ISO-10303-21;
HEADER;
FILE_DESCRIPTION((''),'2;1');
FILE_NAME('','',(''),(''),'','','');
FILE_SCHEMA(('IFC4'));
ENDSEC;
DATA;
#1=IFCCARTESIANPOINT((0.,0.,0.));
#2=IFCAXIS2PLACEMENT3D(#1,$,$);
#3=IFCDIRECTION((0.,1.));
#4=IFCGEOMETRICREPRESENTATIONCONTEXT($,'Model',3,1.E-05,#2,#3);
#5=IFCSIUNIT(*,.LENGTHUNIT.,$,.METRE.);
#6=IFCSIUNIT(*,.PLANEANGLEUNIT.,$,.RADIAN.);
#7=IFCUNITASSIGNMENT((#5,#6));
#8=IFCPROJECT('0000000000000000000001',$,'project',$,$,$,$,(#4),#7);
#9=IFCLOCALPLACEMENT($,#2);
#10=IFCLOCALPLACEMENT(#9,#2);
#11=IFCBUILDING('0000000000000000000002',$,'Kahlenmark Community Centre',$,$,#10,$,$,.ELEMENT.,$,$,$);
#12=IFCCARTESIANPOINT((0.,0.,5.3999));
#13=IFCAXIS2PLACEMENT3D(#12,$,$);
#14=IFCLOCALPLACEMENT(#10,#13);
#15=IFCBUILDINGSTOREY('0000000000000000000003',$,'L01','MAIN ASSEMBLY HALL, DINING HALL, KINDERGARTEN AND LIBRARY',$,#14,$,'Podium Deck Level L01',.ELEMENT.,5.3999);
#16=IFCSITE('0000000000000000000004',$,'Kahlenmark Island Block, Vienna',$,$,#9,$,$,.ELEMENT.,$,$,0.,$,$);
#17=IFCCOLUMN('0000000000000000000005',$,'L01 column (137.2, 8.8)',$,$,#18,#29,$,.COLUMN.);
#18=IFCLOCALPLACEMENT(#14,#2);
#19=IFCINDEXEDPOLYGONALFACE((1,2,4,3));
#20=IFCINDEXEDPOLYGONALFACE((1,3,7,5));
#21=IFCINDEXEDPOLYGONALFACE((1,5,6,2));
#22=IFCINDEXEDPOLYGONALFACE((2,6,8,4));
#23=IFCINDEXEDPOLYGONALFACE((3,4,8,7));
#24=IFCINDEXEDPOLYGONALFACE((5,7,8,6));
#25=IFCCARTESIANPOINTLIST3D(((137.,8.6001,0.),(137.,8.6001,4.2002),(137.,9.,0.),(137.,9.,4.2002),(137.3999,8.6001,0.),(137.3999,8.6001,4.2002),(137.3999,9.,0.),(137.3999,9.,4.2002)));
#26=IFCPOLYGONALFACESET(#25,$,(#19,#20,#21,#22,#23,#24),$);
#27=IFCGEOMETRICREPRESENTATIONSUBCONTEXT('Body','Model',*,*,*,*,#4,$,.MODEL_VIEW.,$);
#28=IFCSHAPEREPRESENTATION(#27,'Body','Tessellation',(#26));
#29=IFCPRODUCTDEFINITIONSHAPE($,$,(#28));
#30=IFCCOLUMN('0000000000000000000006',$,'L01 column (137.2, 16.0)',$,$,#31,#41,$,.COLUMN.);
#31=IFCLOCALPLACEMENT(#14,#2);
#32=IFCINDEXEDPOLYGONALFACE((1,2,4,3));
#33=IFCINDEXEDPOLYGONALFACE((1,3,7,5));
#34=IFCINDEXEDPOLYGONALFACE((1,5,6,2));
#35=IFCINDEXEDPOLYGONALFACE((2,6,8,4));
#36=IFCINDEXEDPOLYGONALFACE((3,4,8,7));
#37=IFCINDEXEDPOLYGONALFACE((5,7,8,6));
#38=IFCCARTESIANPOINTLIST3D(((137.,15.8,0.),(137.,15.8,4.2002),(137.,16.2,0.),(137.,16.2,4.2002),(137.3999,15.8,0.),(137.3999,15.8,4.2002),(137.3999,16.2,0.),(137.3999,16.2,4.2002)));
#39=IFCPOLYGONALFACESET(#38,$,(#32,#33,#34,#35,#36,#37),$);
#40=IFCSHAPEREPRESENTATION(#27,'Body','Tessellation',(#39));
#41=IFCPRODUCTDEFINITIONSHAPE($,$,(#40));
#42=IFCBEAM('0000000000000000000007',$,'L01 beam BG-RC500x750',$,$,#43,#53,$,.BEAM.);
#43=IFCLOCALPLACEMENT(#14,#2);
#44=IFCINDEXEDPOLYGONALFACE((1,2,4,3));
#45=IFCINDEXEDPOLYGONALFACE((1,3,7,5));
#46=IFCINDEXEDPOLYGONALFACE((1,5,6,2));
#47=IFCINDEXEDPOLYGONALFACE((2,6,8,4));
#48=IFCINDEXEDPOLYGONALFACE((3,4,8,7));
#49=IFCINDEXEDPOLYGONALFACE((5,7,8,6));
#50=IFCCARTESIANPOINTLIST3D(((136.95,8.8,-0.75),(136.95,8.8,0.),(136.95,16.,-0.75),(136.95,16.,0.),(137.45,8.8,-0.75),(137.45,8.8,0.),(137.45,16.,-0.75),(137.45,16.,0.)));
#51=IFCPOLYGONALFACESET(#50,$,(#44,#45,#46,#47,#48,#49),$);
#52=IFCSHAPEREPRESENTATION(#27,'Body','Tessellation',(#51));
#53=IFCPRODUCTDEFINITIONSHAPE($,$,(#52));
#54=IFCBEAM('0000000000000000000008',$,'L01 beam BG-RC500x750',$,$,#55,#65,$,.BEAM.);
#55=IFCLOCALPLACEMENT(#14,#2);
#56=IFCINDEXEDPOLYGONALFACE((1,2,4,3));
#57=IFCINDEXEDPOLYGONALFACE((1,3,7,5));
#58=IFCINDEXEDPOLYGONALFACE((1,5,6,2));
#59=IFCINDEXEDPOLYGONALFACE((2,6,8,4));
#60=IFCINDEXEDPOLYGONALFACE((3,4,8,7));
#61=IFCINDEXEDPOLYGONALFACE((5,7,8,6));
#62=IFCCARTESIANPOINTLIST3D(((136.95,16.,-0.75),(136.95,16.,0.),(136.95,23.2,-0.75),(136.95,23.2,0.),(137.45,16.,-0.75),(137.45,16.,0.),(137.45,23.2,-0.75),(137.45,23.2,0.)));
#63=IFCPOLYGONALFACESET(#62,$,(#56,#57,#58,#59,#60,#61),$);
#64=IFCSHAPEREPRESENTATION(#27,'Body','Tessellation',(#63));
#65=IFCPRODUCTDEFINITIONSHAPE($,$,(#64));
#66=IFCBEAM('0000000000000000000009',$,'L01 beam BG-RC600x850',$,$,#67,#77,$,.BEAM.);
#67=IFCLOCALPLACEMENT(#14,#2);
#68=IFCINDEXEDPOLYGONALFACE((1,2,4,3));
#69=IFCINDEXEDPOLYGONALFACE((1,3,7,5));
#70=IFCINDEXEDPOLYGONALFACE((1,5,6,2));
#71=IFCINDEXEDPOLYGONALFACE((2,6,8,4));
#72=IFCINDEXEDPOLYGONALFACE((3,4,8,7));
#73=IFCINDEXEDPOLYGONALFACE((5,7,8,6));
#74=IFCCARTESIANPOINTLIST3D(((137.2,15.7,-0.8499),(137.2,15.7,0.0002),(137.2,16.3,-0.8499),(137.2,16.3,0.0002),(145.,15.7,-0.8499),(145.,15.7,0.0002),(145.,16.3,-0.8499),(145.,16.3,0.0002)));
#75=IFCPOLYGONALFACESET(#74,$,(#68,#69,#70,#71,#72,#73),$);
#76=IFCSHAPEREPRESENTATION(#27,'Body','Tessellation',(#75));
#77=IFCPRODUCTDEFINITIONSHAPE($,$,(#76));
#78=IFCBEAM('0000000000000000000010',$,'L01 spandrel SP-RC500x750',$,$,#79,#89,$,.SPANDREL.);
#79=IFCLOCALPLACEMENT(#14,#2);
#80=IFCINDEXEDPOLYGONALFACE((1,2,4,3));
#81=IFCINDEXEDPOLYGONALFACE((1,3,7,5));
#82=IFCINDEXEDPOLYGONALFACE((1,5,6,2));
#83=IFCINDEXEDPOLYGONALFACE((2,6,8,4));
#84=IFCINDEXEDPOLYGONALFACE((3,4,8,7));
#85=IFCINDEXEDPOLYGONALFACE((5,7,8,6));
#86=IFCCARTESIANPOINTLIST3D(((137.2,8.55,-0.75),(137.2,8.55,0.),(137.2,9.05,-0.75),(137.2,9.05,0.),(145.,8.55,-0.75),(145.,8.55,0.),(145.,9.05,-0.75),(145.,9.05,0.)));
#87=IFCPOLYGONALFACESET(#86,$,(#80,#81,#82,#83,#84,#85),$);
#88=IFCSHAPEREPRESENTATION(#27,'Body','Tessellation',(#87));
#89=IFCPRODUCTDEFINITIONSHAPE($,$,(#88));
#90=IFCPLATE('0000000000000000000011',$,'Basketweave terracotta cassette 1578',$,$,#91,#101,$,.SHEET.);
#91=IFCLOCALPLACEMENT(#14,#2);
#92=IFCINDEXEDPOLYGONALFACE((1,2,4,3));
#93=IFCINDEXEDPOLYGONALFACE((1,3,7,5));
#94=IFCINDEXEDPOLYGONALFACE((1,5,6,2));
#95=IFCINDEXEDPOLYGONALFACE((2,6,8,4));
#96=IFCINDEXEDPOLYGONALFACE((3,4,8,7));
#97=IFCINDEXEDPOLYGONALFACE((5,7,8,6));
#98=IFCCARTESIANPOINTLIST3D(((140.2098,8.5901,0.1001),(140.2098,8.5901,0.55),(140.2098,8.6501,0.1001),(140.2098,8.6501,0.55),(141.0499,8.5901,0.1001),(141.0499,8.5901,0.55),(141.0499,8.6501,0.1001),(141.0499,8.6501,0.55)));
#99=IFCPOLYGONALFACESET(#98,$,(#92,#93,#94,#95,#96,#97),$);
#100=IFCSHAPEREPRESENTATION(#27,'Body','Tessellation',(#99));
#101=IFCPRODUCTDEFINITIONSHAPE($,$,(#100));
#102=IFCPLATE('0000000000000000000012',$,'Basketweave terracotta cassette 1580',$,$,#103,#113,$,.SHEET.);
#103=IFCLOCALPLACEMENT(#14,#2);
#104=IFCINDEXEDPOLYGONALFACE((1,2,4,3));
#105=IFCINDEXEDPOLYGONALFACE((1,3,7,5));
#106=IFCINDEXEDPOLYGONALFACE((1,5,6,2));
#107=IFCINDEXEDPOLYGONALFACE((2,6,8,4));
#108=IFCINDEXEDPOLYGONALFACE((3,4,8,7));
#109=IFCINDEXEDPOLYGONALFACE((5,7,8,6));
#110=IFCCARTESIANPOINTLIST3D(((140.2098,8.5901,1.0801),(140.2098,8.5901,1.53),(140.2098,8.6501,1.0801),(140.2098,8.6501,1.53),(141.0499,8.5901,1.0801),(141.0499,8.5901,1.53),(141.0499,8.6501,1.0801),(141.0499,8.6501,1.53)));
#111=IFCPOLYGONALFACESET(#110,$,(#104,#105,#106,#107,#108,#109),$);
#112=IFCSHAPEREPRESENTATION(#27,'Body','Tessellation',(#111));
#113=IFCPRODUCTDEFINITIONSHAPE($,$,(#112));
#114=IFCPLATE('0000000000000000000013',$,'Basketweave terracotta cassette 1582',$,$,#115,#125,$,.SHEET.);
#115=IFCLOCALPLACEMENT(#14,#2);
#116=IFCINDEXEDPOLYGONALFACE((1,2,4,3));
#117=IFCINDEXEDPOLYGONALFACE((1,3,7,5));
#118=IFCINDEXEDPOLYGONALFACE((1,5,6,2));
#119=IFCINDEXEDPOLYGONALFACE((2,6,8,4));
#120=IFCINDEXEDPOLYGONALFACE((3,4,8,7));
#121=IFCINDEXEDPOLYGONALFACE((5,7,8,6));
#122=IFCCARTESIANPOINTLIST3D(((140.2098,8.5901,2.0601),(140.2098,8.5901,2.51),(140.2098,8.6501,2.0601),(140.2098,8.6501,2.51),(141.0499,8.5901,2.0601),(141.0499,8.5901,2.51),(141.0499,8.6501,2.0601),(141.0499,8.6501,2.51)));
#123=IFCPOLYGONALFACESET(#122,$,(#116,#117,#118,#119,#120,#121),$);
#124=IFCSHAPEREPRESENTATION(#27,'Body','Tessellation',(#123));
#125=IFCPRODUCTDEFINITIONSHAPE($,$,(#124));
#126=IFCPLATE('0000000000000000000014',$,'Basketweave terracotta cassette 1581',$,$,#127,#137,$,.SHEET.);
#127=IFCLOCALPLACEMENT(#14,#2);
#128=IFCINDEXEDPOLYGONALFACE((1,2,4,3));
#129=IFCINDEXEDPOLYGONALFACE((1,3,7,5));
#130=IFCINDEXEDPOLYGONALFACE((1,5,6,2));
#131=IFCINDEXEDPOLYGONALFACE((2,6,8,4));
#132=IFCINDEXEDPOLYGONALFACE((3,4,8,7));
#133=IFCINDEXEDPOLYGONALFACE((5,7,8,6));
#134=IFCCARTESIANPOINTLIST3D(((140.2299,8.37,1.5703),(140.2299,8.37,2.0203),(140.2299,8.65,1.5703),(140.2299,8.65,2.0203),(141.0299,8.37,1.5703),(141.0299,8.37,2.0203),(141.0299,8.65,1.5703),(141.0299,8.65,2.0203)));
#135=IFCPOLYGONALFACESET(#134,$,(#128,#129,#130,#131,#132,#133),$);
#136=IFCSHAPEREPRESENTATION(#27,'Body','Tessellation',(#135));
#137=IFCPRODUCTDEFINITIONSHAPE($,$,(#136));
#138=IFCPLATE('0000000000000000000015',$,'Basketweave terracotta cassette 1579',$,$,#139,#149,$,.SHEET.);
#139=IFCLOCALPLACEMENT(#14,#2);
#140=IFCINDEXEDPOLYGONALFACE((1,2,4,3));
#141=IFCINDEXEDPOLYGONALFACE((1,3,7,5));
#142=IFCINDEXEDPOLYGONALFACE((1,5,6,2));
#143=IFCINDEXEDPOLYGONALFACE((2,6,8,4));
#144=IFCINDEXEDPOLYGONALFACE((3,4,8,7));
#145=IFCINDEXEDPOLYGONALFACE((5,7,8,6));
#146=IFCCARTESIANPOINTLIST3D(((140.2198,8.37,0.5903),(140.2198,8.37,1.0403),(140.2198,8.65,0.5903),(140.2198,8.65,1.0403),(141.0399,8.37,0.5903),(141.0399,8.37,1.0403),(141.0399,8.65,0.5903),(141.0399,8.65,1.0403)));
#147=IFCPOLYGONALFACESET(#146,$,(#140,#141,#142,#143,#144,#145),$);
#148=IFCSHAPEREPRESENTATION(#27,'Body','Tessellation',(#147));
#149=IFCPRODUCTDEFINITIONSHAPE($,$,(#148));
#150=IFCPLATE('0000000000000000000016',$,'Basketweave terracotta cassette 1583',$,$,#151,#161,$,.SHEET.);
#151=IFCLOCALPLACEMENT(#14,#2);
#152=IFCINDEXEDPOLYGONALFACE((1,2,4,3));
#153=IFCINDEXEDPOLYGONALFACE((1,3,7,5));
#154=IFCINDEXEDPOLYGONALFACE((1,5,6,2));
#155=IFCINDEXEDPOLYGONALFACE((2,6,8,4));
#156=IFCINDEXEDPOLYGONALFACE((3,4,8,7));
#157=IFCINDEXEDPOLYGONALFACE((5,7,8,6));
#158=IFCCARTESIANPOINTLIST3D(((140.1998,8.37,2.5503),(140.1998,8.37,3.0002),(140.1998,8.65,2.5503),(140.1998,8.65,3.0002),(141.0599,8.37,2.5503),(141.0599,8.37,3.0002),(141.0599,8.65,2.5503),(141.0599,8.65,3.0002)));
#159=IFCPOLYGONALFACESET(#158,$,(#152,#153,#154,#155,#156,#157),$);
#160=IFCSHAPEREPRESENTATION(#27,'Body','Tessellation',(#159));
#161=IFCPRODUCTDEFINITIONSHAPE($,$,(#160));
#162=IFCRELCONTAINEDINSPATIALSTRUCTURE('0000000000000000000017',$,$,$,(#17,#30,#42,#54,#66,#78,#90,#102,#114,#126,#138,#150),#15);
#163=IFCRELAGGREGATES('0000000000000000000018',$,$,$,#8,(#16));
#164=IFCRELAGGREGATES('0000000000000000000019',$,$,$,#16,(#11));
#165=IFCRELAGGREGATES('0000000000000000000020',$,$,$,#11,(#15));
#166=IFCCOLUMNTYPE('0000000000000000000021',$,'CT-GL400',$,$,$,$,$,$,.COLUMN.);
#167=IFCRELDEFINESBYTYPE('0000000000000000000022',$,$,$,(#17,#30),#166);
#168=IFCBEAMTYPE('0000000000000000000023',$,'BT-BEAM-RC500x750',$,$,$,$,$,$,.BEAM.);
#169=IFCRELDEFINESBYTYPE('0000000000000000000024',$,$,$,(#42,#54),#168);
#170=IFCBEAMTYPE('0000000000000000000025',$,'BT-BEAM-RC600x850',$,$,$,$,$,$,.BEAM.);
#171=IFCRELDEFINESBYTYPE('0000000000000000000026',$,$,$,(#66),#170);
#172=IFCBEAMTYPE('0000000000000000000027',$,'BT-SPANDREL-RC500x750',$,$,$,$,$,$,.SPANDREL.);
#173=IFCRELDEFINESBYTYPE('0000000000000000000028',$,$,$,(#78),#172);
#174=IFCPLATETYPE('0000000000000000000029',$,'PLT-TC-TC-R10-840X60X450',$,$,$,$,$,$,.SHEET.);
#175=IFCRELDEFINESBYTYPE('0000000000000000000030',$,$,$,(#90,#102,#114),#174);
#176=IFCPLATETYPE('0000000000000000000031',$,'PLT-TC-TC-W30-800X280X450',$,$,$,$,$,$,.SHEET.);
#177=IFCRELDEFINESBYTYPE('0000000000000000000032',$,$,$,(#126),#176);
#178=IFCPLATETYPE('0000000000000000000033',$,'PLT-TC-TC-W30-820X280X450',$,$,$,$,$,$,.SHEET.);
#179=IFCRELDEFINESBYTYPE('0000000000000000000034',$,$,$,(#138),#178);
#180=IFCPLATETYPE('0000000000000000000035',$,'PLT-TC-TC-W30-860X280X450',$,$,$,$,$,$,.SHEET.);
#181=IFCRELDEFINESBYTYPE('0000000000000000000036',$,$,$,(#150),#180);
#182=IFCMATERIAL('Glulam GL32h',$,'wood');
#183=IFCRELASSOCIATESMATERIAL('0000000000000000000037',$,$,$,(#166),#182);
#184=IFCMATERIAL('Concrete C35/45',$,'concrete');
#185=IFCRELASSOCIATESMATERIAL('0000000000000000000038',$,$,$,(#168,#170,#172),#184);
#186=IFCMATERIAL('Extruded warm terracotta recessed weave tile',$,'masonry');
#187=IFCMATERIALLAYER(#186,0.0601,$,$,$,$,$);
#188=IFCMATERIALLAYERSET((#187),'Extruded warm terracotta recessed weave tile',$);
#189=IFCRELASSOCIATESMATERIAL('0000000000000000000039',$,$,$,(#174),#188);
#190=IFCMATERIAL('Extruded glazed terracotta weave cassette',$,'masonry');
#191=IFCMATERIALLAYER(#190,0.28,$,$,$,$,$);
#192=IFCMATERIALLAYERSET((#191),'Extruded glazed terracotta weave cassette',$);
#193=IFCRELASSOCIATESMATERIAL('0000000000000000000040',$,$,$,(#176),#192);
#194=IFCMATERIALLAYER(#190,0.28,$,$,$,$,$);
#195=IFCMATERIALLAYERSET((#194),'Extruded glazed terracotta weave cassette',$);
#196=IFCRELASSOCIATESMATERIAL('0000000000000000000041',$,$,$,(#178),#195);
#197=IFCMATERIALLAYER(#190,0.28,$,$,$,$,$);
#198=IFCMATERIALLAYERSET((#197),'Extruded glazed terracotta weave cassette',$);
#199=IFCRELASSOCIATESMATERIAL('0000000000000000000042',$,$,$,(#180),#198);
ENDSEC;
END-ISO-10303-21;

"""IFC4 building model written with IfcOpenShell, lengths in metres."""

from ifc_helpers import new_model, si_unit, direction, frame, origin, origin_2d, place, context, subcontext, project, spatial, rectangle, extrude, material, layer, layer_set, material_profile, profile_set, type_object, element, save


model = new_model("IFC4")

# Units and contexts
model_context = context("Model", 3, precision=1e-05, world=origin(), true_north=direction((0.0, 1.0)))
body_context = subcontext(model_context, "Body", "Model", "MODEL_VIEW")
ifc_project = project(units=[si_unit("LENGTHUNIT", "METRE"), si_unit("PLANEANGLEUNIT", "RADIAN")], contexts=[model_context])

# Site, building, storey
site_placement = place(None, origin())
site = spatial("IfcSite", under=ifc_project, at=site_placement, Name="Kahlenmark Island Block, Vienna", CompositionType="ELEMENT", RefElevation=0.0)
building_placement = place(site_placement, origin())
building = spatial("IfcBuilding", under=site, at=building_placement, Name="Kahlenmark Community Centre", CompositionType="ELEMENT")
storey_placement = place(building_placement, frame((0.0, 0.0, 5.3999)))
storey = spatial("IfcBuildingStorey", under=building, at=storey_placement, Name="L01", Description="MAIN ASSEMBLY HALL, DINING HALL, KINDERGARTEN AND LIBRARY", LongName="Podium Deck Level L01", CompositionType="ELEMENT", Elevation=5.3999)

# Columns
ifc_material_1 = material(Name="Glulam GL32h", Category="wood")
ifc_material_profile_1 = material_profile(ifc_material_1, rectangle(XDim=0.3999, YDim=0.3999, at=origin_2d()), Name="GL32h 400x400")
ifc_profile_set_1 = profile_set([ifc_material_profile_1], Name="Glulam GL32h")
column_type = type_object("IfcColumnType", Name="CT-GL400", PredefinedType="COLUMN", material=ifc_profile_set_1)
for number, where, z_axis, x_axis, name in (
    (1, (137.2, 8.8, 0.0), (0.0, 0.0, 1.0), (1.0, 0.0, 0.0), "L01 column (137.2, 8.8)"),
    (2, (137.2, 16.0, 0.0), (0.0, 0.0, 1.0), (1.0, 0.0, 0.0), "L01 column (137.2, 16.0)"),
):
    element("IfcColumn", number, at=place(storey_placement, frame(where, z_axis=z_axis, x_axis=x_axis)), inside=storey, type_object=column_type, Name=name, PredefinedType="COLUMN", context=body_context, shape_type="SweptSolid", body=[
        extrude(rectangle(XDim=0.3999, YDim=0.3999, at=origin_2d()), origin(), (0.0, 0.0, 1.0), 4.2002),
    ])

# Beams
ifc_material_2 = material(Name="Concrete C35/45", Category="concrete")
ifc_material_profile_2 = material_profile(ifc_material_2, rectangle(XDim=0.5, YDim=0.75, at=origin_2d()), Name="RC 500x750")
ifc_profile_set_2 = profile_set([ifc_material_profile_2], Name="Concrete C35/45")
beam_type_1 = type_object("IfcBeamType", Name="BT-BEAM-RC500x750", PredefinedType="BEAM", material=ifc_profile_set_2)
for number, where, z_axis, x_axis, name in (
    (3, (137.2, 8.8, -0.375), (0.0, 1.0, 0.0), (-1.0, 0.0, 0.0), "L01 beam BG-RC500x750"),
    (4, (137.2, 16.0, -0.375), (0.0, 1.0, 0.0), (-1.0, 0.0, 0.0), "L01 beam BG-RC500x750"),
):
    element("IfcBeam", number, at=place(storey_placement, frame(where, z_axis=z_axis, x_axis=x_axis)), inside=storey, type_object=beam_type_1, Name=name, PredefinedType="BEAM", context=body_context, shape_type="SweptSolid", body=[
        extrude(rectangle(XDim=0.5, YDim=0.75, at=origin_2d()), origin(), (0.0, 0.0, 1.0), 7.2),
    ])
ifc_material_profile_3 = material_profile(ifc_material_2, rectangle(XDim=0.6001, YDim=0.8501, at=origin_2d()), Name="RC 600x850")
ifc_profile_set_3 = profile_set([ifc_material_profile_3], Name="Concrete C35/45")
beam_type_2 = type_object("IfcBeamType", Name="BT-BEAM-RC600x850", PredefinedType="BEAM", material=ifc_profile_set_3)
beam_1_placement = place(storey_placement, frame((137.2, 16.0, -0.4248), z_axis=(1.0, 0.0, 0.0), x_axis=(0.0, 1.0, 0.0)))
element("IfcBeam", 5, at=beam_1_placement, inside=storey, type_object=beam_type_2, Name="L01 beam BG-RC600x850", PredefinedType="BEAM", context=body_context, shape_type="SweptSolid", body=[
    extrude(rectangle(XDim=0.6001, YDim=0.8501, at=origin_2d()), origin(), (0.0, 0.0, 1.0), 7.8),
])
ifc_material_profile_4 = material_profile(ifc_material_2, rectangle(XDim=0.5, YDim=0.75, at=origin_2d()), Name="RC 500x750")
ifc_profile_set_4 = profile_set([ifc_material_profile_4], Name="Concrete C35/45")
beam_type_3 = type_object("IfcBeamType", Name="BT-SPANDREL-RC500x750", PredefinedType="SPANDREL", material=ifc_profile_set_4)
beam_2_placement = place(storey_placement, frame((137.2, 8.8, -0.375), z_axis=(1.0, 0.0, 0.0), x_axis=(0.0, 1.0, 0.0)))
element("IfcBeam", 6, at=beam_2_placement, inside=storey, type_object=beam_type_3, Name="L01 spandrel SP-RC500x750", PredefinedType="SPANDREL", context=body_context, shape_type="SweptSolid", body=[
    extrude(rectangle(XDim=0.5, YDim=0.75, at=origin_2d()), origin(), (0.0, 0.0, 1.0), 7.8),
])

# Plates
ifc_material_3 = material(Name="Extruded warm terracotta recessed weave tile", Category="masonry")
ifc_layer_1 = layer(ifc_material_3, 0.0601)
ifc_layer_set_1 = layer_set([ifc_layer_1], Name="Extruded warm terracotta recessed weave tile")
plate_type_1 = type_object("IfcPlateType", Name="PLT-TC-TC-R10-840X60X450", PredefinedType="SHEET", material=ifc_layer_set_1)
for number, where, z_axis, x_axis, name in (
    (7, (140.6299, 8.6201, 0.1001), (0.0, 0.0, 1.0), (1.0, 0.0, 0.0), "Basketweave terracotta cassette 1578"),
    (8, (140.6299, 8.6201, 1.0801), (0.0, 0.0, 1.0), (1.0, 0.0, 0.0), "Basketweave terracotta cassette 1580"),
    (9, (140.6299, 8.6201, 2.0601), (0.0, 0.0, 1.0), (1.0, 0.0, 0.0), "Basketweave terracotta cassette 1582"),
):
    element("IfcPlate", number, at=place(storey_placement, frame(where, z_axis=z_axis, x_axis=x_axis)), inside=storey, type_object=plate_type_1, Name=name, PredefinedType="SHEET", context=body_context, shape_type="SweptSolid", body=[
        extrude(rectangle(XDim=0.8401, YDim=0.0601, at=origin_2d()), origin(), (0.0, 0.0, 1.0), 0.45),
    ])
ifc_material_4 = material(Name="Extruded glazed terracotta weave cassette", Category="masonry")
ifc_layer_2 = layer(ifc_material_4, 0.28)
ifc_layer_set_2 = layer_set([ifc_layer_2], Name="Extruded glazed terracotta weave cassette")
plate_type_2 = type_object("IfcPlateType", Name="PLT-TC-TC-W30-800X280X450", PredefinedType="SHEET", material=ifc_layer_set_2)
plate_1_placement = place(storey_placement, frame((140.6299, 8.51, 1.5703), z_axis=(0.0, 0.0, 1.0), x_axis=(1.0, 0.0, 0.0)))
element("IfcPlate", 10, at=plate_1_placement, inside=storey, type_object=plate_type_2, Name="Basketweave terracotta cassette 1581", PredefinedType="SHEET", context=body_context, shape_type="SweptSolid", body=[
    extrude(rectangle(XDim=0.8, YDim=0.28, at=origin_2d()), origin(), (0.0, 0.0, 1.0), 0.45),
])
ifc_layer_3 = layer(ifc_material_4, 0.28)
ifc_layer_set_3 = layer_set([ifc_layer_3], Name="Extruded glazed terracotta weave cassette")
plate_type_3 = type_object("IfcPlateType", Name="PLT-TC-TC-W30-820X280X450", PredefinedType="SHEET", material=ifc_layer_set_3)
plate_2_placement = place(storey_placement, frame((140.6299, 8.51, 0.5903), z_axis=(0.0, 0.0, 1.0), x_axis=(1.0, 0.0, 0.0)))
element("IfcPlate", 11, at=plate_2_placement, inside=storey, type_object=plate_type_3, Name="Basketweave terracotta cassette 1579", PredefinedType="SHEET", context=body_context, shape_type="SweptSolid", body=[
    extrude(rectangle(XDim=0.8201, YDim=0.28, at=origin_2d()), origin(), (0.0, 0.0, 1.0), 0.45),
])
ifc_layer_4 = layer(ifc_material_4, 0.28)
ifc_layer_set_4 = layer_set([ifc_layer_4], Name="Extruded glazed terracotta weave cassette")
plate_type_4 = type_object("IfcPlateType", Name="PLT-TC-TC-W30-860X280X450", PredefinedType="SHEET", material=ifc_layer_set_4)
plate_3_placement = place(storey_placement, frame((140.6299, 8.51, 2.5503), z_axis=(0.0, 0.0, 1.0), x_axis=(1.0, 0.0, 0.0)))
element("IfcPlate", 12, at=plate_3_placement, inside=storey, type_object=plate_type_4, Name="Basketweave terracotta cassette 1583", PredefinedType="SHEET", context=body_context, shape_type="SweptSolid", body=[
    extrude(rectangle(XDim=0.8601, YDim=0.28, at=origin_2d()), origin(), (0.0, 0.0, 1.0), 0.45),
])

save(model, "model.ifc")
